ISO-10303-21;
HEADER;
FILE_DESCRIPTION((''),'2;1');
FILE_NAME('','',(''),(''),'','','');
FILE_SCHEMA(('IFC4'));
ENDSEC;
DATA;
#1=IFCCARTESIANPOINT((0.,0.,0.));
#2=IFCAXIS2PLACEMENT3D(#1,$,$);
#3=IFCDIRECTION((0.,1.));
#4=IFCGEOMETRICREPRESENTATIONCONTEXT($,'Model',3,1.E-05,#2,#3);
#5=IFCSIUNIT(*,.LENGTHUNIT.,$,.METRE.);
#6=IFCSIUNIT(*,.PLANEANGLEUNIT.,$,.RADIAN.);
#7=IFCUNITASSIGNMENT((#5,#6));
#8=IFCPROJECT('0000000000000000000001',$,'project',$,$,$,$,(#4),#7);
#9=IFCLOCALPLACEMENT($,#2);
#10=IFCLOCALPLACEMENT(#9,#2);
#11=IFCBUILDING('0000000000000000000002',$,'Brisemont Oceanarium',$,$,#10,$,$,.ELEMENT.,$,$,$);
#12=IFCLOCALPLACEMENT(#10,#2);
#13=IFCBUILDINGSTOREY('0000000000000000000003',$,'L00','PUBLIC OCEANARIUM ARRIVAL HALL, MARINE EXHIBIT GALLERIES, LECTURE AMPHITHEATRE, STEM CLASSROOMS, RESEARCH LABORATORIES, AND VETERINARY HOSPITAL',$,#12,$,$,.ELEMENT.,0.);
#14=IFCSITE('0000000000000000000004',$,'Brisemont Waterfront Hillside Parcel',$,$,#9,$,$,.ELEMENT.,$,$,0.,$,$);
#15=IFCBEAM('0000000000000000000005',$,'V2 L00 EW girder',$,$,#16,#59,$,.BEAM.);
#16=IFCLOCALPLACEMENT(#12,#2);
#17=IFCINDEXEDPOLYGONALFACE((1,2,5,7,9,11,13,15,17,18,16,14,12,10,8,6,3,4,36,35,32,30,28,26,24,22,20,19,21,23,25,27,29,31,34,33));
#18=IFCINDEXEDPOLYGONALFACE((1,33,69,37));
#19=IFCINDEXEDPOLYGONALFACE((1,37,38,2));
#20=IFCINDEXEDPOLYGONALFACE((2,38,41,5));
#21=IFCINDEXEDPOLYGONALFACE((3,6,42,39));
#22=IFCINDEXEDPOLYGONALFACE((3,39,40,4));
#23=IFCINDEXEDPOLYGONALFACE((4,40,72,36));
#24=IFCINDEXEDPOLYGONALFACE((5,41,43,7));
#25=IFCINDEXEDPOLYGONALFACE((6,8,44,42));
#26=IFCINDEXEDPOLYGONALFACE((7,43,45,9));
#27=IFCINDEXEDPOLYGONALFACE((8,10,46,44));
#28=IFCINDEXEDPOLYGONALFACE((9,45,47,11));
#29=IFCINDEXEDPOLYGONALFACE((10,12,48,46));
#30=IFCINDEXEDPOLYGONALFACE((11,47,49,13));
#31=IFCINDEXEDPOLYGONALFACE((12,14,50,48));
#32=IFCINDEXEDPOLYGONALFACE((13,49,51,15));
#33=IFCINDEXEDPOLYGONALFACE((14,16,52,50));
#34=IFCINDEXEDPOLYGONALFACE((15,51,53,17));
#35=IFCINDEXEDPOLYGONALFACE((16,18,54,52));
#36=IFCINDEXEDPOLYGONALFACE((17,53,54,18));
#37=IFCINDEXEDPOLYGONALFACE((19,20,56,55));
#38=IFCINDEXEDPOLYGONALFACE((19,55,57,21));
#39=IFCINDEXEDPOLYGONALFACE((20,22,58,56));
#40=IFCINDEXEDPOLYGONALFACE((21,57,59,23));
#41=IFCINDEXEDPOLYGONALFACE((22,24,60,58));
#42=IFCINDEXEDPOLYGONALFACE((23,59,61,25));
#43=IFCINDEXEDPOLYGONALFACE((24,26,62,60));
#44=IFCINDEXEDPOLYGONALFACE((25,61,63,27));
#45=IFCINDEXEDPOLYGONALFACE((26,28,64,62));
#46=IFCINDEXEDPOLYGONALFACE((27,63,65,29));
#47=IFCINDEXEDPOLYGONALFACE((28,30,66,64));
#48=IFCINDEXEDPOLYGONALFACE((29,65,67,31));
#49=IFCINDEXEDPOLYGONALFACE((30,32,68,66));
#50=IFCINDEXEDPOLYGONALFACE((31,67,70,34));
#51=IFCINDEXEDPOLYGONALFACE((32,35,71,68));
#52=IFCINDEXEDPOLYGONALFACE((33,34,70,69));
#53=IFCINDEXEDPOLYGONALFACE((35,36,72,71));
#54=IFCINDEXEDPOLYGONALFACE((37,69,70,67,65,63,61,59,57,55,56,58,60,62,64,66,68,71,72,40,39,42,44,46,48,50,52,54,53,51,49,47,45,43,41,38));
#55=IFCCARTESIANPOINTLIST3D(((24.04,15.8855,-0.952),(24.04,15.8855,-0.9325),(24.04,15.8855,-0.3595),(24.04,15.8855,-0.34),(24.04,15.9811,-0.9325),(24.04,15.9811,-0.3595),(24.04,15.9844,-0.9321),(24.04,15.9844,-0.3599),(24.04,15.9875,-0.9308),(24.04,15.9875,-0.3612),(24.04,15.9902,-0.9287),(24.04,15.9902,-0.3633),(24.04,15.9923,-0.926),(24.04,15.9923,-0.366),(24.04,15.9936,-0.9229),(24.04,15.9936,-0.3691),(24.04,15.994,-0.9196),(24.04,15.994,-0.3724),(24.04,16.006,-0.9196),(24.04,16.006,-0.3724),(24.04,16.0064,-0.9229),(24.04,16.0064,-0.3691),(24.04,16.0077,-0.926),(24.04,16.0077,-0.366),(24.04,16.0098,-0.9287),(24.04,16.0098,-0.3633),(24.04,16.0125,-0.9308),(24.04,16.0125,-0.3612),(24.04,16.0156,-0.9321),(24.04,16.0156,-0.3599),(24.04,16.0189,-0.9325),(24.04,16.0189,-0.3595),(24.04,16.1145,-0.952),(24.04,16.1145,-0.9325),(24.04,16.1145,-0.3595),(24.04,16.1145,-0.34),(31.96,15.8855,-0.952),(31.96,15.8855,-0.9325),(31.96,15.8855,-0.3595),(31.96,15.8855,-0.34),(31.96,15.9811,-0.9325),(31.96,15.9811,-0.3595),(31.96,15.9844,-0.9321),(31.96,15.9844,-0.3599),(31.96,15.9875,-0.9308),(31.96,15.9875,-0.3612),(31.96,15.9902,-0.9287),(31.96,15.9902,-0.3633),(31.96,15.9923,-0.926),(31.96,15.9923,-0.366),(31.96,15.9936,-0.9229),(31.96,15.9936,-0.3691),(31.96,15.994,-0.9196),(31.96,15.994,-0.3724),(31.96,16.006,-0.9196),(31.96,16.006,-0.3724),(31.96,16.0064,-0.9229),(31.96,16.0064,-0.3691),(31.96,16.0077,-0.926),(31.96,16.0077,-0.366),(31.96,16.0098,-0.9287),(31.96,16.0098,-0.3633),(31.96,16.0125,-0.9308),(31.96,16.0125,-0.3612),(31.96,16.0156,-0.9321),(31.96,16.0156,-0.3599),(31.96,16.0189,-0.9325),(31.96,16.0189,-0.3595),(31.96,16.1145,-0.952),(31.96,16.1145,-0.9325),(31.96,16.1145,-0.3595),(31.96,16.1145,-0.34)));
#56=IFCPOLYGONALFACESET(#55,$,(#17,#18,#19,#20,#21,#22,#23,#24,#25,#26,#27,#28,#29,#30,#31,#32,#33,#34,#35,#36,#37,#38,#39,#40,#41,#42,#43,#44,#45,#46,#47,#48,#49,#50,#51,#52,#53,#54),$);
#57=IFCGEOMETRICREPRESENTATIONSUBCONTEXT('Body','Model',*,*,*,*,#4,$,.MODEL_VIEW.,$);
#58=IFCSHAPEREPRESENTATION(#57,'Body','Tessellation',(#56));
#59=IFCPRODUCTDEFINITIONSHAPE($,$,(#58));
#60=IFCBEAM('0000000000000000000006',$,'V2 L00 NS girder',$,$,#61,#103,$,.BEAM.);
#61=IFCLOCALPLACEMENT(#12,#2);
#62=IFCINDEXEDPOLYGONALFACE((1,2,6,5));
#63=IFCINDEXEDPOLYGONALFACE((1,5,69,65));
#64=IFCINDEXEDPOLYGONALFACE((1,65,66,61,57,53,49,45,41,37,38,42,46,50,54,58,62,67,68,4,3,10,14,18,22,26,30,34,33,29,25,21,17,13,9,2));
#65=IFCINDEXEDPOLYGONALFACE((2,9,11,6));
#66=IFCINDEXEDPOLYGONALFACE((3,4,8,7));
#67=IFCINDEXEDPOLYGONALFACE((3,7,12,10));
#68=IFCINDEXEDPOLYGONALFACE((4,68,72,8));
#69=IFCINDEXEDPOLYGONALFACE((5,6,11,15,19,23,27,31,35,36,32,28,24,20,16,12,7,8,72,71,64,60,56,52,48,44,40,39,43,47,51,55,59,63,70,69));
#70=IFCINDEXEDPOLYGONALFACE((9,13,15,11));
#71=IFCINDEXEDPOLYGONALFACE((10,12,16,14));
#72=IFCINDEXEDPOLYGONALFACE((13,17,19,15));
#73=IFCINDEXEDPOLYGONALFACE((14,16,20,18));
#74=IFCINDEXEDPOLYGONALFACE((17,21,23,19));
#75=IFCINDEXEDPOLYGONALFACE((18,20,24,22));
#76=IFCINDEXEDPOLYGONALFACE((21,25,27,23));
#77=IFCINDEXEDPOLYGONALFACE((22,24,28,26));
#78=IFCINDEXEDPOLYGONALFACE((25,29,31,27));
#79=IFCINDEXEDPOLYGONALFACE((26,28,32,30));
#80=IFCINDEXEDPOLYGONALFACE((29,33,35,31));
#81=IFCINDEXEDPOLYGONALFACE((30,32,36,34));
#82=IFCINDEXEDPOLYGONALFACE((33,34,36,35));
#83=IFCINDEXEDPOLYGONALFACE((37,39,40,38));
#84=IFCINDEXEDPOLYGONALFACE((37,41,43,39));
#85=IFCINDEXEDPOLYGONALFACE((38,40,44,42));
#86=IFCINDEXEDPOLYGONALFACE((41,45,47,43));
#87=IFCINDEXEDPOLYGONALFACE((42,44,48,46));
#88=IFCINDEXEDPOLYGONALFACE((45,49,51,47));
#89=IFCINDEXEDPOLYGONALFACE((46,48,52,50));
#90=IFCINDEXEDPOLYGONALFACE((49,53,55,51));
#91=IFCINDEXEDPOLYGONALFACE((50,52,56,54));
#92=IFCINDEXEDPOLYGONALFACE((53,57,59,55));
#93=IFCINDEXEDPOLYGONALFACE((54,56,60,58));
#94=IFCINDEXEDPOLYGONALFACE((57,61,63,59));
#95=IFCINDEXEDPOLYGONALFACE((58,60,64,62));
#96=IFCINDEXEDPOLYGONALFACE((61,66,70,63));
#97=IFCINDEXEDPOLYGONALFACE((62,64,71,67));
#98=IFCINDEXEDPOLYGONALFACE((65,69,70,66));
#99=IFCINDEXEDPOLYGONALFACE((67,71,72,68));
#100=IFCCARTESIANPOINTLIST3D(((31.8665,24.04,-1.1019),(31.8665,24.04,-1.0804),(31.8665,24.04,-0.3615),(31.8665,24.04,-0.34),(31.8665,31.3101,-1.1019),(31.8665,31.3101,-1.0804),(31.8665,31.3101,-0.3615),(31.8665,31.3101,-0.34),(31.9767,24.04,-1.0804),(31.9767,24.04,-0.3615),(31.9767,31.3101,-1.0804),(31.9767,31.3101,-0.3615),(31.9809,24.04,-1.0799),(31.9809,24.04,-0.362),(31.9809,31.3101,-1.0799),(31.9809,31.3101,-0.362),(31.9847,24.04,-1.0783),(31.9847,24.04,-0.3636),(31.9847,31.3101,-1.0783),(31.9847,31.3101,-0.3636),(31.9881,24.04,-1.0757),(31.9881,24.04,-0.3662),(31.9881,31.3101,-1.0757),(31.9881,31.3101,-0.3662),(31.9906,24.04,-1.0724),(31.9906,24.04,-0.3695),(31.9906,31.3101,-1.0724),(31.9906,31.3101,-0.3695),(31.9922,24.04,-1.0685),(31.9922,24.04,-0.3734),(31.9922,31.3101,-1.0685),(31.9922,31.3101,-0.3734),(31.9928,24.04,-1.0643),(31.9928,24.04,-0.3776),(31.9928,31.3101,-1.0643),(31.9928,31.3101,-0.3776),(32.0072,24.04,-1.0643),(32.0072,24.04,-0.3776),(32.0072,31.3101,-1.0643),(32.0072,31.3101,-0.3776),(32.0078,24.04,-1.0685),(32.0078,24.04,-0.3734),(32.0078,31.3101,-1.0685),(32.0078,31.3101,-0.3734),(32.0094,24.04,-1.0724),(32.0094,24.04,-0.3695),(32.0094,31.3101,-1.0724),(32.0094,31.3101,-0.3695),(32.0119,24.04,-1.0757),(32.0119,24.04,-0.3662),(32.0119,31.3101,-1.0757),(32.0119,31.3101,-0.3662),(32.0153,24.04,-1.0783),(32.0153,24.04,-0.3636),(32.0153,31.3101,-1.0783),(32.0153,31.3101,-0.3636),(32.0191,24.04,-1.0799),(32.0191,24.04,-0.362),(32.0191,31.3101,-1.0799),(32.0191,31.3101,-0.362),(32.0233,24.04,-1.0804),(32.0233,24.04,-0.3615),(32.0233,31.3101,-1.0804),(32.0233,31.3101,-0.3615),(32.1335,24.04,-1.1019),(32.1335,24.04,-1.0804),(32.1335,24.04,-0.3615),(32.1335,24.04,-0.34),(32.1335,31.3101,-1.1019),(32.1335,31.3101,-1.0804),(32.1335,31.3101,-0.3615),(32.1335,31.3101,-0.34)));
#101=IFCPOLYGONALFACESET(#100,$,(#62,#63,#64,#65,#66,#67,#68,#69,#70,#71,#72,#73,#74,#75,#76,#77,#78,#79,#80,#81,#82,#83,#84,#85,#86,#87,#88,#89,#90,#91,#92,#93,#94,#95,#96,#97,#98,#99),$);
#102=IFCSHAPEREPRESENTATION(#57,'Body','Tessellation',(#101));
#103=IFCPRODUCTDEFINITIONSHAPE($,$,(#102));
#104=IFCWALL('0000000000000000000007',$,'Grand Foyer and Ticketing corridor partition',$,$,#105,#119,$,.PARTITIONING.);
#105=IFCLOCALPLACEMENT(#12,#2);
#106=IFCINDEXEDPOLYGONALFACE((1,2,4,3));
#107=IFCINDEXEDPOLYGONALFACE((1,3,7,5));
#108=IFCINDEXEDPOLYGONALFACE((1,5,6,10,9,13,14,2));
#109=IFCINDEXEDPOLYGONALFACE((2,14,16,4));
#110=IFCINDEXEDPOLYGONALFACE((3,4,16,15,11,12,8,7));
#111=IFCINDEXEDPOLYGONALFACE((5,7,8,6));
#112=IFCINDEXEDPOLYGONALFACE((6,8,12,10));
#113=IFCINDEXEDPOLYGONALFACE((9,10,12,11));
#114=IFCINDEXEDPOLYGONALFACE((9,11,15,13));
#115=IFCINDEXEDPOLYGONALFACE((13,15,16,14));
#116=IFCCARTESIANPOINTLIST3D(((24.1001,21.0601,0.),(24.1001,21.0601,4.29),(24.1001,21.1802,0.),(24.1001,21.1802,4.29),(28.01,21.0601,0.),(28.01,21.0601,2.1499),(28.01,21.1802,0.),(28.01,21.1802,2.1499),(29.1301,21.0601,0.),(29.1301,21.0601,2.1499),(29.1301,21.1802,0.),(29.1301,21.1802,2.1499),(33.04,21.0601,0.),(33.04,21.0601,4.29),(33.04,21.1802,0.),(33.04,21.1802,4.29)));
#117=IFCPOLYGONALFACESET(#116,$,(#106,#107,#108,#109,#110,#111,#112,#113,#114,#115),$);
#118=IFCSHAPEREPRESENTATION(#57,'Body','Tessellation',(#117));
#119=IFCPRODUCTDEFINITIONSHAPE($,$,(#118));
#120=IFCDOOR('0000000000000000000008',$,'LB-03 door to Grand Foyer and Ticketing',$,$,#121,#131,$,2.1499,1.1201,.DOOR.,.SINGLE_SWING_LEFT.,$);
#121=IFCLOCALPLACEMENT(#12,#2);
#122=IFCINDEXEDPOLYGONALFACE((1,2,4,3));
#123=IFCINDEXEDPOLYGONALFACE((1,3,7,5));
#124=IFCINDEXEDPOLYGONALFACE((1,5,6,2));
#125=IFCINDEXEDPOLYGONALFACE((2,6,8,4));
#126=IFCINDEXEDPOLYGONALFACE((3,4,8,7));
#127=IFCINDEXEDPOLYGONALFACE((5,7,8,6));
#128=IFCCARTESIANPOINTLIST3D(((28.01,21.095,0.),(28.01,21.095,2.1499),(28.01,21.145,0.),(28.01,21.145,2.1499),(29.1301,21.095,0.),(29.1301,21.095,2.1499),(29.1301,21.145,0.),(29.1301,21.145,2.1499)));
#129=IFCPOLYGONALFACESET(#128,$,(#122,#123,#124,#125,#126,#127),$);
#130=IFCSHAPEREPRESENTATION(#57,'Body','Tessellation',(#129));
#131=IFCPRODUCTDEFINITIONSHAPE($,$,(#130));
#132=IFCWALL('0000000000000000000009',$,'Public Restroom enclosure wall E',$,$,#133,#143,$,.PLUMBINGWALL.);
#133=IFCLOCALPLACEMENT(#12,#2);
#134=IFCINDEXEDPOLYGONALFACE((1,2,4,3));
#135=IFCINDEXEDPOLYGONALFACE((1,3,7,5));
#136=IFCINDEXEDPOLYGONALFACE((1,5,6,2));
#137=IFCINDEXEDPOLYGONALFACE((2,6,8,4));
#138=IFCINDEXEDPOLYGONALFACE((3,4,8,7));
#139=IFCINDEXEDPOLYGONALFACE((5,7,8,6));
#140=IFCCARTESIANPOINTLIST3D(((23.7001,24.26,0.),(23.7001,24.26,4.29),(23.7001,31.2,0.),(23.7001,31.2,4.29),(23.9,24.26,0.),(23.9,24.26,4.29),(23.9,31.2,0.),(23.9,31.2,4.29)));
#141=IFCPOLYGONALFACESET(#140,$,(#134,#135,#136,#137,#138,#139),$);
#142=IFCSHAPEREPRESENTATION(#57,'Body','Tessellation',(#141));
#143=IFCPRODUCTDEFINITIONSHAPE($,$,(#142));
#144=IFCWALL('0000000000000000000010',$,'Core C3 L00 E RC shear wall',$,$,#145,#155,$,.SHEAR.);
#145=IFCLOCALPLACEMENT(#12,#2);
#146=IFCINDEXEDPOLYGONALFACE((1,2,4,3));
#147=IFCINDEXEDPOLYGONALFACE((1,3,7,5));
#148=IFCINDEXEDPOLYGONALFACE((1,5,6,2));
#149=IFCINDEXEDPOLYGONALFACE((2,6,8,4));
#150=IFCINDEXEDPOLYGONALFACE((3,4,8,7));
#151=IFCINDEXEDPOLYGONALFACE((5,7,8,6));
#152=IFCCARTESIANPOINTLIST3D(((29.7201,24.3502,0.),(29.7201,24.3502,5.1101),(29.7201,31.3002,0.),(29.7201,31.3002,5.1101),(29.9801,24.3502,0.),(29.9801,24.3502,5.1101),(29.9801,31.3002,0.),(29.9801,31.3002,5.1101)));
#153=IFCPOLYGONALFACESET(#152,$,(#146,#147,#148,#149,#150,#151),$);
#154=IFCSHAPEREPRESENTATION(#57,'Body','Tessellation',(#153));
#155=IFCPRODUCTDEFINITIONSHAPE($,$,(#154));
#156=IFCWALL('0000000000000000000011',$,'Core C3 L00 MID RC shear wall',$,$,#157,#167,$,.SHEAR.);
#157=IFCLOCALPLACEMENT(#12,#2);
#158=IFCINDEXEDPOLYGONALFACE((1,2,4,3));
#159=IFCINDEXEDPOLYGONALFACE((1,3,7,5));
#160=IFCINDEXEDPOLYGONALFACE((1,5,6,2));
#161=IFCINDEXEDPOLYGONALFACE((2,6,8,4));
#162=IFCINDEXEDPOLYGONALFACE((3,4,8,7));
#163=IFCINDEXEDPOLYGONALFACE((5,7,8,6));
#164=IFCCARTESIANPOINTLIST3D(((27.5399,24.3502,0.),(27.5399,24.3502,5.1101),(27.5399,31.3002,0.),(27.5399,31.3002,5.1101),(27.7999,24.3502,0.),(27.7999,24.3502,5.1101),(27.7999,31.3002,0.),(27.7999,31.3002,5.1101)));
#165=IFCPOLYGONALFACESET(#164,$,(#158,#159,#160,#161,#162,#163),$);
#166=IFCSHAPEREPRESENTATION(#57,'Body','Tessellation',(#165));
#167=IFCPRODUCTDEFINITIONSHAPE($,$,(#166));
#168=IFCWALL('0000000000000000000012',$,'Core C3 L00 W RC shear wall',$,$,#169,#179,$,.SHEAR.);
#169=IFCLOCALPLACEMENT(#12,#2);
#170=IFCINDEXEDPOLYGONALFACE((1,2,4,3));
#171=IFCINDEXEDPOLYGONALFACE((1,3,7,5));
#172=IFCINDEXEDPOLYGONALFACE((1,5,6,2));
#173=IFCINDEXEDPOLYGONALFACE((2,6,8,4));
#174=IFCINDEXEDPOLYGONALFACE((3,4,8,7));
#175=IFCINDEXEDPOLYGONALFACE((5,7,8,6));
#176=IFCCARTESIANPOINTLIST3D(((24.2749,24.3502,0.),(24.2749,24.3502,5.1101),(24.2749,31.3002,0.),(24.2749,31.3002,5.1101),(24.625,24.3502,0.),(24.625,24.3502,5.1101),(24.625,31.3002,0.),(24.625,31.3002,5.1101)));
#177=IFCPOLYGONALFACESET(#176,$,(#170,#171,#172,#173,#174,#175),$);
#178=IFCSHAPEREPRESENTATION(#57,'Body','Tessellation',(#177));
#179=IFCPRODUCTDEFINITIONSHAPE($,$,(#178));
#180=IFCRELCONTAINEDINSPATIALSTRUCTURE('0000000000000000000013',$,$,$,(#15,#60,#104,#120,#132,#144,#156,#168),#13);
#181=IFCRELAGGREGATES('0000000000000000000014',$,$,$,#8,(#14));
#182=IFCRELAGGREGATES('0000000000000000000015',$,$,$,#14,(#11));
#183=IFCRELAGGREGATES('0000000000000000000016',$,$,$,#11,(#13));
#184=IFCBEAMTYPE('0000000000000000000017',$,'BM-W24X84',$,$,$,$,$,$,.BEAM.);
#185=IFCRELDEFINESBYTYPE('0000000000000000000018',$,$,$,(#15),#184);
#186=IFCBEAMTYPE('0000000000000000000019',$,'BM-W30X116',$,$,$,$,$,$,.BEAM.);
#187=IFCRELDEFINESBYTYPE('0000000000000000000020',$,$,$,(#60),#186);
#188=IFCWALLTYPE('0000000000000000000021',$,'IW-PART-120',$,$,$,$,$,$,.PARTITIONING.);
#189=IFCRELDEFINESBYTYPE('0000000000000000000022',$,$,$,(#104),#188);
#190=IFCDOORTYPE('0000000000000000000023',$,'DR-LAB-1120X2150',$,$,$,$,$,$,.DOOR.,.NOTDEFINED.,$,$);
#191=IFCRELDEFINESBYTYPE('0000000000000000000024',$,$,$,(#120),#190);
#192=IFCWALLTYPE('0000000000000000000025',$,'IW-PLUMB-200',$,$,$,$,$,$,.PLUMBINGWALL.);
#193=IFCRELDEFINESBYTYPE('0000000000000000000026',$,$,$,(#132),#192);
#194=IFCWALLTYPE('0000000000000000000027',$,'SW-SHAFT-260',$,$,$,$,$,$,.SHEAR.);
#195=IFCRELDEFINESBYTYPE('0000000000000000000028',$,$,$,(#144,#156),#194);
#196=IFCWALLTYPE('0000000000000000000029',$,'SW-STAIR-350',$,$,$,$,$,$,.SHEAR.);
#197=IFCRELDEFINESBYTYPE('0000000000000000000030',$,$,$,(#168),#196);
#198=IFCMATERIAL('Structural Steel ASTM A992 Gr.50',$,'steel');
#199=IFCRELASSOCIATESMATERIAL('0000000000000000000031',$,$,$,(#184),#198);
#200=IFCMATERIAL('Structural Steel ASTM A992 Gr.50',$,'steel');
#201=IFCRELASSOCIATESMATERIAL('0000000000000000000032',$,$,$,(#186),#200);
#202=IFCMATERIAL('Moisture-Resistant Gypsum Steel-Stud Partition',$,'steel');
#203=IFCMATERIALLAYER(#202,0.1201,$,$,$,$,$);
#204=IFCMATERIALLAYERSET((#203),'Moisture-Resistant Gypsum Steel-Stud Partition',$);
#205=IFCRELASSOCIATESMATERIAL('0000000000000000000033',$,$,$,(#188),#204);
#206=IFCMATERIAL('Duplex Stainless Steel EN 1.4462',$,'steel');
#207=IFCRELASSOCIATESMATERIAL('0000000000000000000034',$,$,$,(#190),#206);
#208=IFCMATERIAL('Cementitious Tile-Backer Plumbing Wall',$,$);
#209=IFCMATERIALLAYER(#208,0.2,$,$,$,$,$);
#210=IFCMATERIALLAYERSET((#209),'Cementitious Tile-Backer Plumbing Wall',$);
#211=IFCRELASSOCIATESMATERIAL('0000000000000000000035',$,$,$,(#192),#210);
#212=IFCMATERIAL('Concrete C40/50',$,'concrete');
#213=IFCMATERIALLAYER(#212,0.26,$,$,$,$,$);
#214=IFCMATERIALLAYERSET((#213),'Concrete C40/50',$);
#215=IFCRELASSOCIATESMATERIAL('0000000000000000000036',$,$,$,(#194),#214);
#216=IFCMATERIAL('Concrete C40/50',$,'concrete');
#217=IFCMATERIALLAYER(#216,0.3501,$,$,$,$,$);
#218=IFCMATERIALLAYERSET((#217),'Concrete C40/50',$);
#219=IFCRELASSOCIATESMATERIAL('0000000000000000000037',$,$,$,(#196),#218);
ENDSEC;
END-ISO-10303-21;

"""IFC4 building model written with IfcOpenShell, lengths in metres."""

from ifc_helpers import new_model, si_unit, direction, frame, frame_2d, origin, origin_2d, place, context, subcontext, project, spatial, rectangle, i_section, extrude, material, layer, layer_set, material_profile, profile_set, type_object, element, fill, save


model = new_model("IFC4")

# Units and contexts
model_context = context("Model", 3, precision=1e-05, world=origin(), true_north=direction((0.0, 1.0)))
body_context = subcontext(model_context, "Body", "Model", "MODEL_VIEW")
ifc_project = project(units=[si_unit("LENGTHUNIT", "METRE"), si_unit("PLANEANGLEUNIT", "RADIAN")], contexts=[model_context])

# Site, building, storey
site_placement = place(None, origin())
site = spatial("IfcSite", under=ifc_project, at=site_placement, Name="Brisemont Waterfront Hillside Parcel", CompositionType="ELEMENT", RefElevation=0.0)
building_placement = place(site_placement, origin())
building = spatial("IfcBuilding", under=site, at=building_placement, Name="Brisemont Oceanarium", CompositionType="ELEMENT")
storey_placement = place(building_placement, origin())
storey = spatial("IfcBuildingStorey", under=building, at=storey_placement, Name="L00", Description="PUBLIC OCEANARIUM ARRIVAL HALL, MARINE EXHIBIT GALLERIES, LECTURE AMPHITHEATRE, STEM CLASSROOMS, RESEARCH LABORATORIES, AND VETERINARY HOSPITAL", CompositionType="ELEMENT", Elevation=0.0)

# Beams
ifc_material_1 = material(Name="Structural Steel ASTM A992 Gr.50", Category="steel")
ifc_material_profile_1 = material_profile(ifc_material_1, i_section(OverallWidth=0.229, OverallDepth=0.6121, WebThickness=0.012, FlangeThickness=0.0195, FilletRadius=0.0129, at=origin_2d()), Name="W24X84")
ifc_profile_set_1 = profile_set([ifc_material_profile_1], Name="Structural Steel ASTM A992 Gr.50")
beam_type_1 = type_object("IfcBeamType", Name="BM-W24X84", PredefinedType="BEAM", material=ifc_profile_set_1)
beam_1_placement = place(storey_placement, frame((24.04, 16.0, -0.646), z_axis=(1.0, 0.0, 0.0), x_axis=(0.0, 1.0, 0.0)))
element("IfcBeam", 1, at=beam_1_placement, inside=storey, type_object=beam_type_1, Name="V2 L00 EW girder", PredefinedType="BEAM", context=body_context, shape_type="SweptSolid", body=[
    extrude(i_section(OverallWidth=0.229, OverallDepth=0.6121, WebThickness=0.012, FlangeThickness=0.0195, FilletRadius=0.0129, at=origin_2d()), origin(), (0.0, 0.0, 1.0), 7.9199),
])
ifc_material_2 = material(Name="Structural Steel ASTM A992 Gr.50", Category="steel")
ifc_material_profile_2 = material_profile(ifc_material_2, i_section(OverallWidth=0.2671, OverallDepth=0.762, WebThickness=0.0144, FlangeThickness=0.0215, FilletRadius=0.0161, at=origin_2d()), Name="W30X116")
ifc_profile_set_2 = profile_set([ifc_material_profile_2], Name="Structural Steel ASTM A992 Gr.50")
beam_type_2 = type_object("IfcBeamType", Name="BM-W30X116", PredefinedType="BEAM", material=ifc_profile_set_2)
beam_2_placement = place(storey_placement, frame((32.0, 24.04, -0.7209), z_axis=(0.0, 1.0, 0.0), x_axis=(-1.0, 0.0, 0.0)))
element("IfcBeam", 2, at=beam_2_placement, inside=storey, type_object=beam_type_2, Name="V2 L00 NS girder", PredefinedType="BEAM", context=body_context, shape_type="SweptSolid", body=[
    extrude(i_section(OverallWidth=0.2671, OverallDepth=0.762, WebThickness=0.0144, FlangeThickness=0.0215, FilletRadius=0.0161, at=origin_2d()), origin(), (0.0, 0.0, 1.0), 7.27),
])

# Wall, opening, door
ifc_material_3 = material(Name="Moisture-Resistant Gypsum Steel-Stud Partition", Category="steel")
ifc_layer_1 = layer(ifc_material_3, 0.1201)
ifc_layer_set_1 = layer_set([ifc_layer_1], Name="Moisture-Resistant Gypsum Steel-Stud Partition")
wall_type_1 = type_object("IfcWallType", Name="IW-PART-120", PredefinedType="PARTITIONING", material=ifc_layer_set_1)
wall_1_placement = place(storey_placement, frame((24.1001, 21.1201, 0.0), z_axis=(0.0, 0.0, 1.0), x_axis=(1.0, 0.0, 0.0)))
wall_1 = element("IfcWall", 3, at=wall_1_placement, inside=storey, type_object=wall_type_1, Name="Grand Foyer and Ticketing corridor partition", PredefinedType="PARTITIONING", context=body_context, shape_type="SweptSolid", body=[
    extrude(rectangle(XDim=8.9399, YDim=0.1201, at=frame_2d((4.47, 0.0))), origin(), (0.0, 0.0, 1.0), 4.29),
])
opening_1_placement = place(wall_1_placement, frame((3.9099, 0.0, 0.0)))
opening_1 = element("IfcOpeningElement", 4, at=opening_1_placement, cuts=wall_1, PredefinedType="OPENING", context=body_context, shape_type="SweptSolid", body=[
    extrude(rectangle(XDim=1.1201, YDim=2.1499, at=frame_2d((0.5601, 1.075))), frame((0.0, 0.0701, 0.0), z_axis=(0.0, -1.0, 0.0), x_axis=(1.0, 0.0, 0.0)), (0.0, 0.0, 1.0), 0.1401),
])
ifc_material_4 = material(Name="Duplex Stainless Steel EN 1.4462", Category="steel")
door_type_1 = type_object("IfcDoorType", Name="DR-LAB-1120X2150", OperationType="NOTDEFINED", PredefinedType="DOOR", material=ifc_material_4)
door_1_placement = place(opening_1_placement, origin())
door_1 = element("IfcDoor", 5, at=door_1_placement, inside=storey, type_object=door_type_1, Name="LB-03 door to Grand Foyer and Ticketing", OperationType="SINGLE_SWING_LEFT", OverallHeight=2.1499, OverallWidth=1.1201, PredefinedType="DOOR", context=body_context, shape_type="SweptSolid", body=[
    extrude(rectangle(XDim=1.1201, YDim=2.1499, at=frame_2d((0.5601, 1.075))), frame((0.0, 0.0249, 0.0), z_axis=(0.0, -1.0, 0.0), x_axis=(1.0, 0.0, 0.0)), (0.0, 0.0, 1.0), 0.05),
])
fill(opening_1, door_1)

# Walls
ifc_material_5 = material(Name="Cementitious Tile-Backer Plumbing Wall")
ifc_layer_2 = layer(ifc_material_5, 0.2)
ifc_layer_set_2 = layer_set([ifc_layer_2], Name="Cementitious Tile-Backer Plumbing Wall")
wall_type_2 = type_object("IfcWallType", Name="IW-PLUMB-200", PredefinedType="PLUMBINGWALL", material=ifc_layer_set_2)
wall_2_placement = place(storey_placement, frame((23.8, 24.26, 0.0), z_axis=(0.0, 0.0, 1.0), x_axis=(0.0, 1.0, 0.0)))
element("IfcWall", 6, at=wall_2_placement, inside=storey, type_object=wall_type_2, Name="Public Restroom enclosure wall E", PredefinedType="PLUMBINGWALL", context=body_context, shape_type="SweptSolid", body=[
    extrude(rectangle(XDim=6.9399, YDim=0.2, at=frame_2d((3.47, 0.0))), origin(), (0.0, 0.0, 1.0), 4.29),
])
ifc_material_6 = material(Name="Concrete C40/50", Category="concrete")
ifc_layer_3 = layer(ifc_material_6, 0.26)
ifc_layer_set_3 = layer_set([ifc_layer_3], Name="Concrete C40/50")
wall_type_3 = type_object("IfcWallType", Name="SW-SHAFT-260", PredefinedType="SHEAR", material=ifc_layer_set_3)
for number, where, z_axis, x_axis, name in (
    (7, (29.8501, 24.3501, 0.0), (0.0, 0.0, 1.0), (0.0, 1.0, 0.0), "Core C3 L00 E RC shear wall"),
    (8, (27.6699, 24.3501, 0.0), (0.0, 0.0, 1.0), (0.0, 1.0, 0.0), "Core C3 L00 MID RC shear wall"),
):
    element("IfcWall", number, at=place(storey_placement, frame(where, z_axis=z_axis, x_axis=x_axis)), inside=storey, type_object=wall_type_3, Name=name, PredefinedType="SHEAR", context=body_context, shape_type="SweptSolid", body=[
        extrude(rectangle(XDim=6.95, YDim=0.26, at=frame_2d((3.4751, 0.0))), origin(), (0.0, 0.0, 1.0), 5.1101),
    ])

# Shared definitions
ifc_material_7 = material(Name="Concrete C40/50", Category="concrete")
ifc_layer_4 = layer(ifc_material_7, 0.3501)
ifc_layer_set_4 = layer_set([ifc_layer_4], Name="Concrete C40/50")
wall_type_4 = type_object("IfcWallType", Name="SW-STAIR-350", PredefinedType="SHEAR", material=ifc_layer_set_4)

# Wall
wall_3_placement = place(storey_placement, frame((24.45, 24.3501, 0.0), z_axis=(0.0, 0.0, 1.0), x_axis=(0.0, 1.0, 0.0)))
element("IfcWall", 9, at=wall_3_placement, inside=storey, type_object=wall_type_4, Name="Core C3 L00 W RC shear wall", PredefinedType="SHEAR", context=body_context, shape_type="SweptSolid", body=[
    extrude(rectangle(XDim=6.95, YDim=0.3501, at=frame_2d((3.4751, 0.0))), origin(), (0.0, 0.0, 1.0), 5.1101),
])

save(model, "model.ifc")
